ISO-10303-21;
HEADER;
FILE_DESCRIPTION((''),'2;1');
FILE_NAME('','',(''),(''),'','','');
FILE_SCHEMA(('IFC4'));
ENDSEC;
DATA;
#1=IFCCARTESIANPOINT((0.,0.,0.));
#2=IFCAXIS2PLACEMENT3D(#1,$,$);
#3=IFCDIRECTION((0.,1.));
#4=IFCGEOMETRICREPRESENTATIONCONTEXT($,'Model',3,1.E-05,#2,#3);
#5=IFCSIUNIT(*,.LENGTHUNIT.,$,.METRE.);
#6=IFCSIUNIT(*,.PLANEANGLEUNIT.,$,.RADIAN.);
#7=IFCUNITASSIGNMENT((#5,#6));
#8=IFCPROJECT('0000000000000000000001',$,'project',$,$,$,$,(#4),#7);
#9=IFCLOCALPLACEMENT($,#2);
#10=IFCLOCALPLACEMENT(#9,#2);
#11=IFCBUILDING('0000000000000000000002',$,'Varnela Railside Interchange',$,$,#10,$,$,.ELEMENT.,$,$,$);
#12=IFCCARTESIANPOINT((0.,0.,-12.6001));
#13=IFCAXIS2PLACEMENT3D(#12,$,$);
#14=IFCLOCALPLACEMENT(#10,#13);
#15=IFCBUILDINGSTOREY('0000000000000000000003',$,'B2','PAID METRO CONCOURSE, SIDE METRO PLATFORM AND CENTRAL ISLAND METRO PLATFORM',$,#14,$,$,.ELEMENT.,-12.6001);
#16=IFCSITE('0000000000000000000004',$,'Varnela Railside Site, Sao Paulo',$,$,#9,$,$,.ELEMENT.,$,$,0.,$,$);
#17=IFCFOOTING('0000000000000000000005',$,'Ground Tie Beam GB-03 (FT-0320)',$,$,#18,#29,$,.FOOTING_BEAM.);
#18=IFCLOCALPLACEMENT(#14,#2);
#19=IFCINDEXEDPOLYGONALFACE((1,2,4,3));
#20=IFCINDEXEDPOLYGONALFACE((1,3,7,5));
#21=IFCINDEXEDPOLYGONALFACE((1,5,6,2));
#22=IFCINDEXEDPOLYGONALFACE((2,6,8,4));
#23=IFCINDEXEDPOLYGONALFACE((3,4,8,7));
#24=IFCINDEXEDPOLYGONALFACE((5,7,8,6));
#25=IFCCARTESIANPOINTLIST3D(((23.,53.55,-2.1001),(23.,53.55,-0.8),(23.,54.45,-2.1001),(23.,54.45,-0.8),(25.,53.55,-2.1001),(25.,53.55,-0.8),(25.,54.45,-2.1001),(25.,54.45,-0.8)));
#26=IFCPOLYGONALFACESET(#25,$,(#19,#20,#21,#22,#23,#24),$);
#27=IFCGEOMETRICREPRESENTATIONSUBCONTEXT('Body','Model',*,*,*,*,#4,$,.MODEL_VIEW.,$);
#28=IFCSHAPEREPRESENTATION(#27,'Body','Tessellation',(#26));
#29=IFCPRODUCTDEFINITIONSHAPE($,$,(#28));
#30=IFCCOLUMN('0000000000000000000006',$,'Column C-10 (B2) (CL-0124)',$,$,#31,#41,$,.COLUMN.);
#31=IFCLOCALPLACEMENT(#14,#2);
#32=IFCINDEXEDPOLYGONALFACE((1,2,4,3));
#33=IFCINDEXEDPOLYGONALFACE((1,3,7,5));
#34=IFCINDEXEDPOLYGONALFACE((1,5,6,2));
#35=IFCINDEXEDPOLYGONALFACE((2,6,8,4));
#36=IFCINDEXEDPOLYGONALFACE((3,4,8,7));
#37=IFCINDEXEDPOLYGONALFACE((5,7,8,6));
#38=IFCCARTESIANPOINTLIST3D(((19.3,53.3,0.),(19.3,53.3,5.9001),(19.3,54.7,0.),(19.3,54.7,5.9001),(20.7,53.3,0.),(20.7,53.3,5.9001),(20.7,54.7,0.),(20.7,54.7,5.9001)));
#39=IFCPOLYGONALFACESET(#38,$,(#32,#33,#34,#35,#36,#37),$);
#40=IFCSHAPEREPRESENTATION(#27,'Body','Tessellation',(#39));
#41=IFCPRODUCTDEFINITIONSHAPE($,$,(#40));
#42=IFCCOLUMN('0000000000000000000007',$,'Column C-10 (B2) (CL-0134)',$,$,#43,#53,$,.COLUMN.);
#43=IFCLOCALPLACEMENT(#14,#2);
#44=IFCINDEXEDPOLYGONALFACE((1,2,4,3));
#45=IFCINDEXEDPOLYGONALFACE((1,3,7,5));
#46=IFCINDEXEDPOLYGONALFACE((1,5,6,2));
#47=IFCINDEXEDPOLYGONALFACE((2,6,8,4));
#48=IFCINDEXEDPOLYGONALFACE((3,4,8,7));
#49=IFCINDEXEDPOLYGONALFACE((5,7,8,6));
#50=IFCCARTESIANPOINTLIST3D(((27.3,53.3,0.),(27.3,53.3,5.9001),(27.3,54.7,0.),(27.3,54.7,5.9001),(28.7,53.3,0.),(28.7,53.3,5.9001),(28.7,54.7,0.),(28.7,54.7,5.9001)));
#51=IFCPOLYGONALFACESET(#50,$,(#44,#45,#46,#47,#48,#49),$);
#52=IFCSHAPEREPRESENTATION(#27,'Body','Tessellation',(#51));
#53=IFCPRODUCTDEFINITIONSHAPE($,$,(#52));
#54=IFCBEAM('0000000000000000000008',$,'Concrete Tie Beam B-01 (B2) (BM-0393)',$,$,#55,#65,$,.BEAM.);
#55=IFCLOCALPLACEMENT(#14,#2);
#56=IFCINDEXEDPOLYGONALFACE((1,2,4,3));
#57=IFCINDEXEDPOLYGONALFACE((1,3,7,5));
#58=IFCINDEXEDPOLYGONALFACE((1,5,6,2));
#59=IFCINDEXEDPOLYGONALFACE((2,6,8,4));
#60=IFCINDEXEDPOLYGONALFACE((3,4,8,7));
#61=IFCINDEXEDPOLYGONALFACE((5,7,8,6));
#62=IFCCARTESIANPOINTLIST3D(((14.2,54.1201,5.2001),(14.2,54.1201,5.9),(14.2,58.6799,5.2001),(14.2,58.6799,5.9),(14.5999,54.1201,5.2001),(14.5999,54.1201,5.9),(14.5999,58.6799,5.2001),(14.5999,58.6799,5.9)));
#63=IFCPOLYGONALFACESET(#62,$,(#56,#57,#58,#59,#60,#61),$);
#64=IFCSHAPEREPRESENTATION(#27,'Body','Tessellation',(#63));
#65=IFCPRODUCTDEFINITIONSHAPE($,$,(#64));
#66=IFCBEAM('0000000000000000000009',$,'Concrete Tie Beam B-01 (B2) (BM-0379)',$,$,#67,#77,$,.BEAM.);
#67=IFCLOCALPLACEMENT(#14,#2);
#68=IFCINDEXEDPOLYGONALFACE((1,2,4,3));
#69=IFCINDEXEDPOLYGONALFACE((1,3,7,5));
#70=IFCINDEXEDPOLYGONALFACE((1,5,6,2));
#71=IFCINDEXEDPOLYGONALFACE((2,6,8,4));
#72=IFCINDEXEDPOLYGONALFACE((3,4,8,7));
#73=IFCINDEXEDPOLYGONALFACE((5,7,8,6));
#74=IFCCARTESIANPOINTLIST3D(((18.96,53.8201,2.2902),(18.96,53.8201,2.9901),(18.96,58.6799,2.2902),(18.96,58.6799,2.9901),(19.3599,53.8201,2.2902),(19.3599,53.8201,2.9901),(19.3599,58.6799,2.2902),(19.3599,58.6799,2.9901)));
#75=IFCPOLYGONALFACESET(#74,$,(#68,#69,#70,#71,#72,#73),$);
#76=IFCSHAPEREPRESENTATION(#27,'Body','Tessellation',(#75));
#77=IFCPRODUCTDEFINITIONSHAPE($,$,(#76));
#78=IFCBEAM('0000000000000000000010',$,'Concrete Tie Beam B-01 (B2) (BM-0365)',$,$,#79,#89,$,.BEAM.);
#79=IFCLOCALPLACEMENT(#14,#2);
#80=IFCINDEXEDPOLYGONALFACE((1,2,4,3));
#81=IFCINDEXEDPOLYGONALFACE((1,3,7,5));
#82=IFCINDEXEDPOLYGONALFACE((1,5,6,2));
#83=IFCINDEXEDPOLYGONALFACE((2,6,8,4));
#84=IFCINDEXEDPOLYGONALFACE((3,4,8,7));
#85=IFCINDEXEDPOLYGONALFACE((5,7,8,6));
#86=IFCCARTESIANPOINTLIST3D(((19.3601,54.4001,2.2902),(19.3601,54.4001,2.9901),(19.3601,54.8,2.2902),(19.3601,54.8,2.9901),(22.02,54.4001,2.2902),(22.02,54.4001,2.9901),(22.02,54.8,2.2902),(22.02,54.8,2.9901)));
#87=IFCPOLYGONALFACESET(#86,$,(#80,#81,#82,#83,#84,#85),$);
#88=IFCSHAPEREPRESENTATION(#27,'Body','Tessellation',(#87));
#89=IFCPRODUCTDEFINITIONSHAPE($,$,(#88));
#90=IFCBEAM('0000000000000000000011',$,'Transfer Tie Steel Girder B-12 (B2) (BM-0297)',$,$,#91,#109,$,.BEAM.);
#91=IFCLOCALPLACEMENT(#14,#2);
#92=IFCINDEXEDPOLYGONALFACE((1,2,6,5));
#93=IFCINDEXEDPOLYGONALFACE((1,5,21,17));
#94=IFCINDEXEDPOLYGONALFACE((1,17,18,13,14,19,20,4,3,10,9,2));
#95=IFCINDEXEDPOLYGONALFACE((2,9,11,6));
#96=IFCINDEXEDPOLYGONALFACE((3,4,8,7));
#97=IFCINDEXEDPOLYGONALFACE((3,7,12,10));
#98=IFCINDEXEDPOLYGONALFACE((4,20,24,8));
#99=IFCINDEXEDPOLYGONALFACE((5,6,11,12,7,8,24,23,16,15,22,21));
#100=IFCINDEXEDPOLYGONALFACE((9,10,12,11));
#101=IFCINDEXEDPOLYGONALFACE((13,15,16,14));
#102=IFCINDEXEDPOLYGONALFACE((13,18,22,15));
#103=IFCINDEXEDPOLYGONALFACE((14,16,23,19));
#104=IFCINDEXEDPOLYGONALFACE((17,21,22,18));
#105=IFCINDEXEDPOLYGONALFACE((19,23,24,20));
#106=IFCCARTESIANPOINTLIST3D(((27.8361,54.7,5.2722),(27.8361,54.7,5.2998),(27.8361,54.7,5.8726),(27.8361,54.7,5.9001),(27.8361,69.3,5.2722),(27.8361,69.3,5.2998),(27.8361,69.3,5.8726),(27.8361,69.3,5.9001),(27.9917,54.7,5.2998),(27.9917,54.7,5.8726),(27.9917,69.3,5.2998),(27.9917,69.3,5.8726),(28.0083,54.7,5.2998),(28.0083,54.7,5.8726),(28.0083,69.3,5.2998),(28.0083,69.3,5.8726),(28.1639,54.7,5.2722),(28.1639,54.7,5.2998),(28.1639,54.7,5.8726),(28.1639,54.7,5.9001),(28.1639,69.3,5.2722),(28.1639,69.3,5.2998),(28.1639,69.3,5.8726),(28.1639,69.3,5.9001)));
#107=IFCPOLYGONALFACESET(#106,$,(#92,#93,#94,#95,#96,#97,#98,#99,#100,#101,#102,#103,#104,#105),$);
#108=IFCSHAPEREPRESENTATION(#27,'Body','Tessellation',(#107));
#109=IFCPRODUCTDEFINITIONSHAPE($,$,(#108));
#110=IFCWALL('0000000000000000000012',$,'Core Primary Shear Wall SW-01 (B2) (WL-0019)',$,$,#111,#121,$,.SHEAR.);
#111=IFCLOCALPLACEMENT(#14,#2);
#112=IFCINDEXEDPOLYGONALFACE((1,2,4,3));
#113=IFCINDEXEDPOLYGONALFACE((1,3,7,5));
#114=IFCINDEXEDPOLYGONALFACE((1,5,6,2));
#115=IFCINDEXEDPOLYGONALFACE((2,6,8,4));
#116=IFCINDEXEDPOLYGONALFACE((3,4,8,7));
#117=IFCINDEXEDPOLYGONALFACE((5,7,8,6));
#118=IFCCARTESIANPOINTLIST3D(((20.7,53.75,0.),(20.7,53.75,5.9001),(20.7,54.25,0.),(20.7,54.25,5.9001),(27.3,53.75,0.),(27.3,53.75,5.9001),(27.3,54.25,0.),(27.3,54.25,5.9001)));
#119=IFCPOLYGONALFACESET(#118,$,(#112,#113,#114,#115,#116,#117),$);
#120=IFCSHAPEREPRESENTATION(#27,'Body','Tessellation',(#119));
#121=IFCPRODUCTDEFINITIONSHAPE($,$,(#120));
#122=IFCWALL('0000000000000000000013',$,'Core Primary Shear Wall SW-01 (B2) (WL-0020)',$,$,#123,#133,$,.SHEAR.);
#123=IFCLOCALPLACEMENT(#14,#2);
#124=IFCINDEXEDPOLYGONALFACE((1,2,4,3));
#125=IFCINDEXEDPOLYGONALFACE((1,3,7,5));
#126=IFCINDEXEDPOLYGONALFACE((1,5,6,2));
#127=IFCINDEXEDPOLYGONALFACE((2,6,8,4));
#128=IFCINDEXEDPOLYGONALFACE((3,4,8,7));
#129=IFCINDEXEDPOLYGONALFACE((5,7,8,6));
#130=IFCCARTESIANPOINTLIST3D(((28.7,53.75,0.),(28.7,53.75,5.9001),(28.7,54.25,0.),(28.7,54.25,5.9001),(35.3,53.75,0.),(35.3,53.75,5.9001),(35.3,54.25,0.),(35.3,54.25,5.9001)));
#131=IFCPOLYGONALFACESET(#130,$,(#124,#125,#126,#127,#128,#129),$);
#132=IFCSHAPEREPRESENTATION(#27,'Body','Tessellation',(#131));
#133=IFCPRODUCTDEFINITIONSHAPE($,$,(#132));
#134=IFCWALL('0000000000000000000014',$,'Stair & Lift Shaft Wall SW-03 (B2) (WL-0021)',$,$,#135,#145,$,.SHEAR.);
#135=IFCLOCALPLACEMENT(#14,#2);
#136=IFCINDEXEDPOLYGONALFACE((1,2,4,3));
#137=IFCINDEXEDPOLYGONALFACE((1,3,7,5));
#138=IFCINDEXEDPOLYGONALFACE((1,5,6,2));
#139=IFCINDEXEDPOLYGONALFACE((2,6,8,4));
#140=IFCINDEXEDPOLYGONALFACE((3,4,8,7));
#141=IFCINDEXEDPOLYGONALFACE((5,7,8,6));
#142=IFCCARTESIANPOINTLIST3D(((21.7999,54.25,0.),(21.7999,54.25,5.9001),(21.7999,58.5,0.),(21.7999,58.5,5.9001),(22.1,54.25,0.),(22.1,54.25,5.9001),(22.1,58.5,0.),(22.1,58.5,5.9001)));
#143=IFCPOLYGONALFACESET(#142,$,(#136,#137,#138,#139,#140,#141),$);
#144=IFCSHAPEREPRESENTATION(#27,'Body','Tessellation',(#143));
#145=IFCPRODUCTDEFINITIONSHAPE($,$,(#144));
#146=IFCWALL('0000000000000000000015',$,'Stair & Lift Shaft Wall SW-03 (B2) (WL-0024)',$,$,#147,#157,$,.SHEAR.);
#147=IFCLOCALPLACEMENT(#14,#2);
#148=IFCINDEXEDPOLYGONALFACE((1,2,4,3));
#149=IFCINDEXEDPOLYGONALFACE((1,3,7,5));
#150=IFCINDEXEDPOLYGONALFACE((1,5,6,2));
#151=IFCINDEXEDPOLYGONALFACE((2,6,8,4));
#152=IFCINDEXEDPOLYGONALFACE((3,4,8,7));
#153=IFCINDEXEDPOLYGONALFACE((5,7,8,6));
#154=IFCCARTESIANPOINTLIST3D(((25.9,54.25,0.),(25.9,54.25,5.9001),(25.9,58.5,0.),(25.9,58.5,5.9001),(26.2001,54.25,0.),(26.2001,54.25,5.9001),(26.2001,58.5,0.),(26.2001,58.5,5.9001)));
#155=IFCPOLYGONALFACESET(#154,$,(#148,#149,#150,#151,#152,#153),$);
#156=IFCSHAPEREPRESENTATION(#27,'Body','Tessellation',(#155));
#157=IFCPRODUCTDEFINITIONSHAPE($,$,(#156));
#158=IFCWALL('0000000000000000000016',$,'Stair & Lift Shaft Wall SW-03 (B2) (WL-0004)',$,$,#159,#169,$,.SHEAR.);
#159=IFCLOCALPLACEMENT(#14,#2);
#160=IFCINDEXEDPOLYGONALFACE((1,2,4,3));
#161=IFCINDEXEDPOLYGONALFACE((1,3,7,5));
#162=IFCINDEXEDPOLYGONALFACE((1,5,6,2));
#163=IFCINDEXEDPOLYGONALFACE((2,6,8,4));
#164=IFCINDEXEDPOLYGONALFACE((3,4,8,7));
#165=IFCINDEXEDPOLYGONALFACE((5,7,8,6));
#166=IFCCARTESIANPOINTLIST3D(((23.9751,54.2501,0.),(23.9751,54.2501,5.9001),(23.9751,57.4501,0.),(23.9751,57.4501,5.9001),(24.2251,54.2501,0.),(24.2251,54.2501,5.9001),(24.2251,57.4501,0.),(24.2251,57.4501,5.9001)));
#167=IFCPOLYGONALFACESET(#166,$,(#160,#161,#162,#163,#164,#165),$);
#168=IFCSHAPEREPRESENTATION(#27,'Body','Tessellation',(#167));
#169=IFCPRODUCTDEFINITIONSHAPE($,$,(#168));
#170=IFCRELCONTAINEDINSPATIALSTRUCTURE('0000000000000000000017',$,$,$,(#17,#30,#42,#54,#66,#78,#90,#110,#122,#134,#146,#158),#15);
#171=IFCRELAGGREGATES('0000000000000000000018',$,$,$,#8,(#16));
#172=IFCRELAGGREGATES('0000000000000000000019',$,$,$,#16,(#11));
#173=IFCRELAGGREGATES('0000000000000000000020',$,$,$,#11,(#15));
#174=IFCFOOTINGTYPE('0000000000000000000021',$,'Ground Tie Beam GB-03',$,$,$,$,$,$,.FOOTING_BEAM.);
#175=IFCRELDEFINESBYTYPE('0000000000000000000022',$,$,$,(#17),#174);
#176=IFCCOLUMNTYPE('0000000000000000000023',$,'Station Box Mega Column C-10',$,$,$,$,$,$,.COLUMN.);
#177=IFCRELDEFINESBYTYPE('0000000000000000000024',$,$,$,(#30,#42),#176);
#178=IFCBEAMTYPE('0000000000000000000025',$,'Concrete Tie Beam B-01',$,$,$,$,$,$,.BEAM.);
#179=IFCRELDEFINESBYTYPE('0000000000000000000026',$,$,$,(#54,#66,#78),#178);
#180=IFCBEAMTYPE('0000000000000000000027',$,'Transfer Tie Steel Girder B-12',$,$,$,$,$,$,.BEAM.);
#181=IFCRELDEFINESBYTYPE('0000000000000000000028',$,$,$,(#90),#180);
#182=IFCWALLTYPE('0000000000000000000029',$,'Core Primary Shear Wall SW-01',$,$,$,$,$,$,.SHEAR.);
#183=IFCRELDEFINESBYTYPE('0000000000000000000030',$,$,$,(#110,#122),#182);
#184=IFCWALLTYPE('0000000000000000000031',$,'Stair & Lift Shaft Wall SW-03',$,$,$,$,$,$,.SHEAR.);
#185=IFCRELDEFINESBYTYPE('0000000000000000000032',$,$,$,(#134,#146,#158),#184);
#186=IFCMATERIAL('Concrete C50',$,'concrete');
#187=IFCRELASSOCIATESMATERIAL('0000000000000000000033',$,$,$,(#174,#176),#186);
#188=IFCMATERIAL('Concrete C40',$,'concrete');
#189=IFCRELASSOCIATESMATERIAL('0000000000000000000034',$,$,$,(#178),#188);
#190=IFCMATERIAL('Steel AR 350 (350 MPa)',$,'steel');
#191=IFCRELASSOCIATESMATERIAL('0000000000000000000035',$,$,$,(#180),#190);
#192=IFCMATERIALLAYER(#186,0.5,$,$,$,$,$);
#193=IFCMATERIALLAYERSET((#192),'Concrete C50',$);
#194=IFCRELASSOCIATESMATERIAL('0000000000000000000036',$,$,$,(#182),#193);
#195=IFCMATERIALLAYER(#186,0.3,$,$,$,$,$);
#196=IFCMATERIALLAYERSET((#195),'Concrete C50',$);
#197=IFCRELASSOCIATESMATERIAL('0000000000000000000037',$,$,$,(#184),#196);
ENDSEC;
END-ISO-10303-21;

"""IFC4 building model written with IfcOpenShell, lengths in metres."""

from ifc_helpers import new_model, si_unit, direction, frame, frame_2d, origin, origin_2d, place, context, subcontext, project, spatial, rectangle, i_section, extrude, material, layer, layer_set, material_profile, profile_set, type_object, element, save


model = new_model("IFC4")

# Units and contexts
model_context = context("Model", 3, precision=1e-05, world=origin(), true_north=direction((0.0, 1.0)))
body_context = subcontext(model_context, "Body", "Model", "MODEL_VIEW")
ifc_project = project(units=[si_unit("LENGTHUNIT", "METRE"), si_unit("PLANEANGLEUNIT", "RADIAN")], contexts=[model_context])

# Site, building, storey
site_placement = place(None, origin())
site = spatial("IfcSite", under=ifc_project, at=site_placement, Name="Varnela Railside Site, Sao Paulo", CompositionType="ELEMENT", RefElevation=0.0)
building_placement = place(site_placement, origin())
building = spatial("IfcBuilding", under=site, at=building_placement, Name="Varnela Railside Interchange", CompositionType="ELEMENT")
storey_placement = place(building_placement, frame((0.0, 0.0, -12.6001)))
storey = spatial("IfcBuildingStorey", under=building, at=storey_placement, Name="B2", Description="PAID METRO CONCOURSE, SIDE METRO PLATFORM AND CENTRAL ISLAND METRO PLATFORM", CompositionType="ELEMENT", Elevation=-12.6001)

# Shared definitions
ifc_material_1 = material(Name="Concrete C40", Category="concrete")

# Footing
ifc_material_2 = material(Name="Concrete C50", Category="concrete")
footing_type_1 = type_object("IfcFootingType", Name="Ground Tie Beam GB-03", PredefinedType="FOOTING_BEAM", material=ifc_material_2)
footing_1_placement = place(storey_placement, frame((24.0, 54.0, -2.1001), z_axis=(0.0, 0.0, 1.0), x_axis=(1.0, 0.0, 0.0)))
element("IfcFooting", 1, at=footing_1_placement, inside=storey, type_object=footing_type_1, Name="Ground Tie Beam GB-03 (FT-0320)", PredefinedType="FOOTING_BEAM", context=body_context, shape_type="SweptSolid", body=[
    extrude(rectangle(XDim=2.0, YDim=0.8999, at=origin_2d()), origin(), (0.0, 0.0, 1.0), 1.3),
])

# Columns
ifc_material_profile_1 = material_profile(ifc_material_2, rectangle(XDim=1.3999, YDim=1.3999, at=origin_2d()), Name="RC 1400x1400")
ifc_profile_set_1 = profile_set([ifc_material_profile_1], Name="Concrete C50")
column_type = type_object("IfcColumnType", Name="Station Box Mega Column C-10", PredefinedType="COLUMN", material=ifc_profile_set_1)
for number, where, z_axis, x_axis, name in (
    (2, (20.0, 54.0, 0.0), (0.0, 0.0, 1.0), (1.0, 0.0, 0.0), "Column C-10 (B2) (CL-0124)"),
    (3, (28.0, 54.0, 0.0), (0.0, 0.0, 1.0), (1.0, 0.0, 0.0), "Column C-10 (B2) (CL-0134)"),
):
    element("IfcColumn", number, at=place(storey_placement, frame(where, z_axis=z_axis, x_axis=x_axis)), inside=storey, type_object=column_type, Name=name, PredefinedType="COLUMN", context=body_context, shape_type="SweptSolid", body=[
        extrude(rectangle(XDim=1.3999, YDim=1.3999, at=origin_2d()), origin(), (0.0, 0.0, 1.0), 5.9001),
    ])

# Beams
ifc_material_profile_2 = material_profile(ifc_material_1, rectangle(XDim=0.3999, YDim=0.7, at=origin_2d()), Name="RC 400x700")
ifc_profile_set_2 = profile_set([ifc_material_profile_2], Name="Concrete C40")
beam_type_1 = type_object("IfcBeamType", Name="Concrete Tie Beam B-01", PredefinedType="BEAM", material=ifc_profile_set_2)
beam_1_placement = place(storey_placement, frame((14.3999, 54.1201, 5.55), z_axis=(0.0, 1.0, 0.0), x_axis=(-1.0, 0.0, 0.0)))
element("IfcBeam", 4, at=beam_1_placement, inside=storey, type_object=beam_type_1, Name="Concrete Tie Beam B-01 (B2) (BM-0393)", PredefinedType="BEAM", context=body_context, shape_type="SweptSolid", body=[
    extrude(rectangle(XDim=0.3999, YDim=0.7, at=origin_2d()), origin(), (0.0, 0.0, 1.0), 4.5598),
])
beam_2_placement = place(storey_placement, frame((19.1599, 53.8201, 2.6401), z_axis=(0.0, 1.0, 0.0), x_axis=(-1.0, 0.0, 0.0)))
element("IfcBeam", 5, at=beam_2_placement, inside=storey, type_object=beam_type_1, Name="Concrete Tie Beam B-01 (B2) (BM-0379)", PredefinedType="BEAM", context=body_context, shape_type="SweptSolid", body=[
    extrude(rectangle(XDim=0.3999, YDim=0.7, at=origin_2d()), origin(), (0.0, 0.0, 1.0), 4.8599),
])
beam_3_placement = place(storey_placement, frame((19.3601, 54.6001, 2.6401), z_axis=(1.0, 0.0, 0.0), x_axis=(0.0, 1.0, 0.0)))
element("IfcBeam", 6, at=beam_3_placement, inside=storey, type_object=beam_type_1, Name="Concrete Tie Beam B-01 (B2) (BM-0365)", PredefinedType="BEAM", context=body_context, shape_type="SweptSolid", body=[
    extrude(rectangle(XDim=0.3999, YDim=0.7, at=origin_2d()), origin(), (0.0, 0.0, 1.0), 2.6599),
])
ifc_material_3 = material(Name="Steel AR 350 (350 MPa)", Category="steel")
ifc_material_profile_3 = material_profile(ifc_material_3, i_section(OverallWidth=0.3279, OverallDepth=0.6279, WebThickness=0.0166, FlangeThickness=0.0276, at=origin_2d()), Name="W610x217")
ifc_profile_set_3 = profile_set([ifc_material_profile_3], Name="Steel AR 350 (350 MPa)")
beam_type_2 = type_object("IfcBeamType", Name="Transfer Tie Steel Girder B-12", PredefinedType="BEAM", material=ifc_profile_set_3)
beam_4_placement = place(storey_placement, frame((28.0, 54.7, 5.5862), z_axis=(0.0, 1.0, 0.0), x_axis=(-1.0, 0.0, 0.0)))
element("IfcBeam", 7, at=beam_4_placement, inside=storey, type_object=beam_type_2, Name="Transfer Tie Steel Girder B-12 (B2) (BM-0297)", PredefinedType="BEAM", context=body_context, shape_type="SweptSolid", body=[
    extrude(i_section(OverallWidth=0.3279, OverallDepth=0.6279, WebThickness=0.0166, FlangeThickness=0.0276, at=origin_2d()), origin(), (0.0, 0.0, 1.0), 14.6001),
])

# Walls
ifc_layer_1 = layer(ifc_material_2, 0.5)
ifc_layer_set_1 = layer_set([ifc_layer_1], Name="Concrete C50")
wall_type_1 = type_object("IfcWallType", Name="Core Primary Shear Wall SW-01", PredefinedType="SHEAR", material=ifc_layer_set_1)
for number, where, z_axis, x_axis, name in (
    (8, (20.7, 54.0, 0.0), (0.0, 0.0, 1.0), (1.0, 0.0, 0.0), "Core Primary Shear Wall SW-01 (B2) (WL-0019)"),
    (9, (28.7, 54.0, 0.0), (0.0, 0.0, 1.0), (1.0, 0.0, 0.0), "Core Primary Shear Wall SW-01 (B2) (WL-0020)"),
):
    element("IfcWall", number, at=place(storey_placement, frame(where, z_axis=z_axis, x_axis=x_axis)), inside=storey, type_object=wall_type_1, Name=name, PredefinedType="SHEAR", context=body_context, shape_type="SweptSolid", body=[
        extrude(rectangle(XDim=6.6001, YDim=0.5, at=frame_2d((3.3, 0.0))), origin(), (0.0, 0.0, 1.0), 5.9001),
    ])
ifc_layer_2 = layer(ifc_material_2, 0.3)
ifc_layer_set_2 = layer_set([ifc_layer_2], Name="Concrete C50")
wall_type_2 = type_object("IfcWallType", Name="Stair & Lift Shaft Wall SW-03", PredefinedType="SHEAR", material=ifc_layer_set_2)
for number, where, z_axis, x_axis, name in (
    (10, (21.95, 54.25, 0.0), (0.0, 0.0, 1.0), (0.0, 1.0, 0.0), "Stair & Lift Shaft Wall SW-03 (B2) (WL-0021)"),
    (11, (26.05, 54.25, 0.0), (0.0, 0.0, 1.0), (0.0, 1.0, 0.0), "Stair & Lift Shaft Wall SW-03 (B2) (WL-0024)"),
):
    element("IfcWall", number, at=place(storey_placement, frame(where, z_axis=z_axis, x_axis=x_axis)), inside=storey, type_object=wall_type_2, Name=name, PredefinedType="SHEAR", context=body_context, shape_type="SweptSolid", body=[
        extrude(rectangle(XDim=4.25, YDim=0.3, at=frame_2d((2.125, 0.0))), origin(), (0.0, 0.0, 1.0), 5.9001),
    ])
wall_placement = place(storey_placement, frame((24.1001, 54.25, 0.0), z_axis=(0.0, 0.0, 1.0), x_axis=(0.0, 1.0, 0.0)))
element("IfcWall", 12, at=wall_placement, inside=storey, type_object=wall_type_2, Name="Stair & Lift Shaft Wall SW-03 (B2) (WL-0004)", PredefinedType="SHEAR", context=body_context, shape_type="SweptSolid", body=[
    extrude(rectangle(XDim=3.2, YDim=0.25, at=frame_2d((1.6001, 0.0))), origin(), (0.0, 0.0, 1.0), 5.9001),
])

save(model, "model.ifc")
